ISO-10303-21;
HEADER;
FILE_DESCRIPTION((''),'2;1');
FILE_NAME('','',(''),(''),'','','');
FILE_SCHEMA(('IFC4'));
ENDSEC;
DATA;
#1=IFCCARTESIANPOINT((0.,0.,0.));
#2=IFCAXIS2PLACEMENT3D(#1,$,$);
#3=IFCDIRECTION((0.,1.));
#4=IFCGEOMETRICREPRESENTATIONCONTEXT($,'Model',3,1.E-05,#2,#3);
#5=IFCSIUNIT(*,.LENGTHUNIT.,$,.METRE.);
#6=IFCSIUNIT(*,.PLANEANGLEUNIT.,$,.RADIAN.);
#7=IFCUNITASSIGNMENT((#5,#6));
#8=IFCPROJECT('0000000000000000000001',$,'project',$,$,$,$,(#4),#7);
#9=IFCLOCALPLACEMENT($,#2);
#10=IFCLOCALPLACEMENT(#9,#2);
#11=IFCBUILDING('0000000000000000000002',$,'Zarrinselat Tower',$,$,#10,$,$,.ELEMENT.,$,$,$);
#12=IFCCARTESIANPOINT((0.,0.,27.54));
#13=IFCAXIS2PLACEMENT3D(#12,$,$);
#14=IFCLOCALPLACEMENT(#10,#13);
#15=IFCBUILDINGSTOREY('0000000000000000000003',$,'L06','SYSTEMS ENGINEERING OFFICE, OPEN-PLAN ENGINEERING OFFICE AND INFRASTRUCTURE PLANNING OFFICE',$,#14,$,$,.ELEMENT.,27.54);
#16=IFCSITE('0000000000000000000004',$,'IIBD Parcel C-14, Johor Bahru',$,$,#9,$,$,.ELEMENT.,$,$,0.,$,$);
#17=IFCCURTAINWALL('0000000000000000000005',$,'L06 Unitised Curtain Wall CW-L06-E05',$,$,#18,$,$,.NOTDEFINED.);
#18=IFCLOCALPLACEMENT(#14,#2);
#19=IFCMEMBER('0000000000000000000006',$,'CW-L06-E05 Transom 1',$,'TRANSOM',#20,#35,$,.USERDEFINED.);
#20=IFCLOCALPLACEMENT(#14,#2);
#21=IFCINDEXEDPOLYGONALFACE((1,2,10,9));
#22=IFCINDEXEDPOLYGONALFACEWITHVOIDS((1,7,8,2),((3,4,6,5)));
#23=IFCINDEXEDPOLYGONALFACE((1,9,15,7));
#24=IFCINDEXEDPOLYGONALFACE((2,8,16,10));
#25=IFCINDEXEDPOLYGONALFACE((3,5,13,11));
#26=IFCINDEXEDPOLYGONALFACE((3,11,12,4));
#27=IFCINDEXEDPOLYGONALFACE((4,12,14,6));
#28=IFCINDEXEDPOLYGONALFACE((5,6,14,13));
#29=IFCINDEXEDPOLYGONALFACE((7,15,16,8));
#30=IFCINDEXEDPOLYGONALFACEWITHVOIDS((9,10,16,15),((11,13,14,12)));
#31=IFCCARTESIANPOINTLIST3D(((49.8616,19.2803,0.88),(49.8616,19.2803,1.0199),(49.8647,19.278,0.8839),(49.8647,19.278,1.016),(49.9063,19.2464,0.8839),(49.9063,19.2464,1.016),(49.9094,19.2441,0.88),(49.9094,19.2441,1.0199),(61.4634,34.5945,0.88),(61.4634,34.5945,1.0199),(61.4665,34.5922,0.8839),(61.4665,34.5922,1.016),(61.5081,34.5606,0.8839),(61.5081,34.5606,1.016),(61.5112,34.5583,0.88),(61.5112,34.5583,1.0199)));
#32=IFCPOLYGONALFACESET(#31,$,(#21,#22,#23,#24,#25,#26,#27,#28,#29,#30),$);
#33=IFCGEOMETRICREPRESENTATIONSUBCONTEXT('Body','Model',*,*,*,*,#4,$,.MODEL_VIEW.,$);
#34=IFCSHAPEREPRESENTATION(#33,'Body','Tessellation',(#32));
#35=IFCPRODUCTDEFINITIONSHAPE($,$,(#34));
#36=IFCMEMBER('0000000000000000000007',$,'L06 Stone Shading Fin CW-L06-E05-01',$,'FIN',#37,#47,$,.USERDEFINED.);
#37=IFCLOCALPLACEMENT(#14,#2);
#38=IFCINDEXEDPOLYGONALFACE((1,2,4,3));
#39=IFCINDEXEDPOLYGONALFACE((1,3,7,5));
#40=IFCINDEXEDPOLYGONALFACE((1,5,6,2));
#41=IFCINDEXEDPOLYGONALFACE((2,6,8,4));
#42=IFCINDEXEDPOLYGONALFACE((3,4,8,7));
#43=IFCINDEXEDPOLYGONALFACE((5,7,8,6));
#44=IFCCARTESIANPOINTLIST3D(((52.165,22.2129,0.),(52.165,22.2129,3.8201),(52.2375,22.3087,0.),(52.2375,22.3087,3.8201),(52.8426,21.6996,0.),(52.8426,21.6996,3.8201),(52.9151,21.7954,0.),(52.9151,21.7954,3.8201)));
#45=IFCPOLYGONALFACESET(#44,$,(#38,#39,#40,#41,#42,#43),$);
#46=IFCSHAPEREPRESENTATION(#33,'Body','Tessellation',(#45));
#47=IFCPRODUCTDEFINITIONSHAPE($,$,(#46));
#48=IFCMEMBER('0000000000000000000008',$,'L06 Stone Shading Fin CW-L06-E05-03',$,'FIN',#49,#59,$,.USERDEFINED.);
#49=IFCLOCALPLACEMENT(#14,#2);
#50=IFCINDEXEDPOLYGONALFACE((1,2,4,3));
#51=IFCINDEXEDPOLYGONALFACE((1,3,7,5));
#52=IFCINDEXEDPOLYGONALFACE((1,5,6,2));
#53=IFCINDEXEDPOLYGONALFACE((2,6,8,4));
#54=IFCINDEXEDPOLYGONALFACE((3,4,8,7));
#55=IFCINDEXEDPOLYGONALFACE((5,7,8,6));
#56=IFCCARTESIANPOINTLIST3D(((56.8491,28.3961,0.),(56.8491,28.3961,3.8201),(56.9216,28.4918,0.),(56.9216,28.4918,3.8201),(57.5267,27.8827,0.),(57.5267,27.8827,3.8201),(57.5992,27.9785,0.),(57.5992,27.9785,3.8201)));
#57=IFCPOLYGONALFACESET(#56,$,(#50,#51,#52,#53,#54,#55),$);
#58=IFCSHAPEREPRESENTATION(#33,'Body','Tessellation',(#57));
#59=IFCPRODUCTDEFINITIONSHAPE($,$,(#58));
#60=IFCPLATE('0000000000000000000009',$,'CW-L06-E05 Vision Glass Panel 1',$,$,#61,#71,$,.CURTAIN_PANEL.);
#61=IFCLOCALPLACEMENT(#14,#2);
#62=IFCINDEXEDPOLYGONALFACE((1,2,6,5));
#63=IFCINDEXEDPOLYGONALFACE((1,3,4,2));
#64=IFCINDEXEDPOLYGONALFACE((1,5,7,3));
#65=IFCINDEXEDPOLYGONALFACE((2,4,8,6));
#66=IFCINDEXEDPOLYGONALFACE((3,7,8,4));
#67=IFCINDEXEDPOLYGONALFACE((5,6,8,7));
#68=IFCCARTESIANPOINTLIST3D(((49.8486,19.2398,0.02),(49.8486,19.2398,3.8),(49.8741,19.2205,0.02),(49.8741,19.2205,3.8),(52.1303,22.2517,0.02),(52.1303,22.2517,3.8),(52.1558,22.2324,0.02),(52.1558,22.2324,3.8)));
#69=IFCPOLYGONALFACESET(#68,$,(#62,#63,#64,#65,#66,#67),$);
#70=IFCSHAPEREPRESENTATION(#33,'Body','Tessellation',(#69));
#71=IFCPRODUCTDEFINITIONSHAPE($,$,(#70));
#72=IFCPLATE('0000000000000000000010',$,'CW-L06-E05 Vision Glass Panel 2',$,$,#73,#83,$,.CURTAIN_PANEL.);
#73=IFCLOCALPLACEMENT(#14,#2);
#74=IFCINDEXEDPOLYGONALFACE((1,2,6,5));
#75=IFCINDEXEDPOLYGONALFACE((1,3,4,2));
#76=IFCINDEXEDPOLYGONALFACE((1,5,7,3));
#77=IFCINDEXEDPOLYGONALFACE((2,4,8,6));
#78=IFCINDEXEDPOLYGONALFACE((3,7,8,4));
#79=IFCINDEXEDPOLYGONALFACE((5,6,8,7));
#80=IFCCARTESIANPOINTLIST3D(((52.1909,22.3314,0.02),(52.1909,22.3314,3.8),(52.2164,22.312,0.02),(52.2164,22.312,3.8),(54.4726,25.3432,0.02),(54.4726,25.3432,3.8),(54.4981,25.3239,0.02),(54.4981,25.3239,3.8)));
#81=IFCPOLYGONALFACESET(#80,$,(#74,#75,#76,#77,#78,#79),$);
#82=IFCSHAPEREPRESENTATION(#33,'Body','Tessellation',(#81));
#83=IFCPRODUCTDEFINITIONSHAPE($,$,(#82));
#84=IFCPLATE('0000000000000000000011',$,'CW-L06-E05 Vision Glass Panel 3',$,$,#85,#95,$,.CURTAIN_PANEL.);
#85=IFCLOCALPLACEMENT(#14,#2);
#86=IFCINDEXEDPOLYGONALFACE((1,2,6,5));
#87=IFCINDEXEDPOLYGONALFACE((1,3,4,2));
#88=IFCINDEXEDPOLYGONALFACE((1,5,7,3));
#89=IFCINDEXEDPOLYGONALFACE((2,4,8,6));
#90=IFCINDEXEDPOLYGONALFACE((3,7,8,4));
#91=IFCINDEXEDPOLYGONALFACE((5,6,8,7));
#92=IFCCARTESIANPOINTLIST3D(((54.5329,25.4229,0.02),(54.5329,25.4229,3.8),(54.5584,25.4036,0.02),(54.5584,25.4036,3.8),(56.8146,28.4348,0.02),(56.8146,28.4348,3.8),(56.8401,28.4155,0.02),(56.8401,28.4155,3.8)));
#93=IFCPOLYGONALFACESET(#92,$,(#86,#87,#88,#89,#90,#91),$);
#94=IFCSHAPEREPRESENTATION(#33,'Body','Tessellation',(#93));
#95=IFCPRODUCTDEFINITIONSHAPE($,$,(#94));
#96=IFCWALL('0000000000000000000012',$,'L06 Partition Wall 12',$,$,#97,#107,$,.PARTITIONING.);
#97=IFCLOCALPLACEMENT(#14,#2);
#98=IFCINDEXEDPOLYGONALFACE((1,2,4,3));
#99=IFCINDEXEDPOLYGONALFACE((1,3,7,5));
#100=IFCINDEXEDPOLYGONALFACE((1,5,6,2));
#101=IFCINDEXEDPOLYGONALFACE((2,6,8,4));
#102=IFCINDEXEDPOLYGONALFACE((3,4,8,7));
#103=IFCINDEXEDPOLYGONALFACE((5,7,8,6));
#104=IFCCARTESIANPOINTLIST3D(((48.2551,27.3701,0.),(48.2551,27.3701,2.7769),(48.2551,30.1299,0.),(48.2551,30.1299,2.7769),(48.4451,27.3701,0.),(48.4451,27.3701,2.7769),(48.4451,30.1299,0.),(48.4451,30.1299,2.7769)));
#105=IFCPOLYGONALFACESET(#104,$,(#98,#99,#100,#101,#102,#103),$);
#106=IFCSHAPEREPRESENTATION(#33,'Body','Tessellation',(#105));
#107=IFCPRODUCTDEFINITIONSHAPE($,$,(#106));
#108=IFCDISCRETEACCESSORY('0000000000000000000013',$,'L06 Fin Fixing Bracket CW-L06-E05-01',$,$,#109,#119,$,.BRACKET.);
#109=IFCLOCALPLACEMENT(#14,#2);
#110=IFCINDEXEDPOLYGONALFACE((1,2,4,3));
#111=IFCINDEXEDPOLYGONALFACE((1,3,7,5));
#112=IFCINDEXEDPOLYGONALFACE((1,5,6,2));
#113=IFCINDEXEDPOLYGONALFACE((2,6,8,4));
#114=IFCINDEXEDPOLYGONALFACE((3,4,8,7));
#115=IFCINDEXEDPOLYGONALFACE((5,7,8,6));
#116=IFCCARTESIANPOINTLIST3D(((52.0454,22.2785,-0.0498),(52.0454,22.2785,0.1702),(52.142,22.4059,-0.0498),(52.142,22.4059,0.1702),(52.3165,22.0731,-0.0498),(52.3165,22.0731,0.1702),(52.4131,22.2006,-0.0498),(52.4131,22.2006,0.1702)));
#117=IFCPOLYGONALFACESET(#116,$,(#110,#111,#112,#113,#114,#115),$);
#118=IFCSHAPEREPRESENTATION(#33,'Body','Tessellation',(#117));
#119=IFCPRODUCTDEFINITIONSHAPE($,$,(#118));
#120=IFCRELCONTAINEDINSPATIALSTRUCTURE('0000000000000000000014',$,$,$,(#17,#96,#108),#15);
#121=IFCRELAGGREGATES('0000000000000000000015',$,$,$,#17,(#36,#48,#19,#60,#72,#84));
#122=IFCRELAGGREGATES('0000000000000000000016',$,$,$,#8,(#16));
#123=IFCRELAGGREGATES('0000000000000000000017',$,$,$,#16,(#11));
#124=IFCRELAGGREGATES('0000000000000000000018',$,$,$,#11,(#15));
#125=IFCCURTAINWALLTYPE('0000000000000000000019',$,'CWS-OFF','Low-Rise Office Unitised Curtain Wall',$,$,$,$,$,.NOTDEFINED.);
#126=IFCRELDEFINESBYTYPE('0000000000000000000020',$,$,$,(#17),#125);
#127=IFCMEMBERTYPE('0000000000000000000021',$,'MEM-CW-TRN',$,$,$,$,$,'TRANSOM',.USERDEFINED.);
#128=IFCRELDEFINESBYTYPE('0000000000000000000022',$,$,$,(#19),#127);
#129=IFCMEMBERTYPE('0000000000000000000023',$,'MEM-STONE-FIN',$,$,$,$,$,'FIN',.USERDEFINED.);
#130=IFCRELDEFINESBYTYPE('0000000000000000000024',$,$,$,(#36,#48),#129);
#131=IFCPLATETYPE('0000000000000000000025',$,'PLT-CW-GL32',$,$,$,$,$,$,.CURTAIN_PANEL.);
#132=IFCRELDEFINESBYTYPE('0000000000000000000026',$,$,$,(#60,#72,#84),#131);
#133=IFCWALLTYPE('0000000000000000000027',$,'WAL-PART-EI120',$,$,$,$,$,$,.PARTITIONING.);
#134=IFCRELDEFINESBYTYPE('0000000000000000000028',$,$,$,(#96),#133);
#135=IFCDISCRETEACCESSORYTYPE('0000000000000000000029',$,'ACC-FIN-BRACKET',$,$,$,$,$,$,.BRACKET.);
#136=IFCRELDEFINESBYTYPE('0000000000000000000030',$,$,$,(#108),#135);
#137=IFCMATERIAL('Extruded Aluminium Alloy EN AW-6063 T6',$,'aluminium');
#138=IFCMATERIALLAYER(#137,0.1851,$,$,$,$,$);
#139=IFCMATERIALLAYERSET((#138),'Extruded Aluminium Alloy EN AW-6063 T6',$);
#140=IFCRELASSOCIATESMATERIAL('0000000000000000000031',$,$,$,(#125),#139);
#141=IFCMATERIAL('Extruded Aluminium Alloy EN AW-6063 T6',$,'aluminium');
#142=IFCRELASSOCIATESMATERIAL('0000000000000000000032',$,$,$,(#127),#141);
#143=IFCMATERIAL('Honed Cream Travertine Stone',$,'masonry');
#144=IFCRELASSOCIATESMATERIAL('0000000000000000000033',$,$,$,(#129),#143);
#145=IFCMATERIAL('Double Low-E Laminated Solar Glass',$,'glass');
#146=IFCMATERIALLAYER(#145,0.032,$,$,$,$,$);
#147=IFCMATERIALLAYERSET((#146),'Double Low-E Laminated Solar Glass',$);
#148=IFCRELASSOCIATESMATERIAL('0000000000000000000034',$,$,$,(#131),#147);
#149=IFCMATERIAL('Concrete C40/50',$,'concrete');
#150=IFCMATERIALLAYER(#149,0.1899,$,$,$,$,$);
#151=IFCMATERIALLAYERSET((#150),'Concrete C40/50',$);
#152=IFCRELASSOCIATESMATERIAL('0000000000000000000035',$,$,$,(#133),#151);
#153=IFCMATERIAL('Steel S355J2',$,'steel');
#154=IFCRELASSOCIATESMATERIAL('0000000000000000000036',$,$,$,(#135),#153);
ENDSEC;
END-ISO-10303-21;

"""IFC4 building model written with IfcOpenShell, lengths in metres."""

from ifc_helpers import new_model, si_unit, direction, frame, frame_2d, origin, origin_2d, place, context, subcontext, project, spatial, rectangle, hollow_rectangle, extrude, material, layer, layer_set, material_profile, profile_set, type_object, element, aggregate, save


model = new_model("IFC4")

# Units and contexts
model_context = context("Model", 3, precision=1e-05, world=origin(), true_north=direction((0.0, 1.0)))
body_context = subcontext(model_context, "Body", "Model", "MODEL_VIEW")
ifc_project = project(units=[si_unit("LENGTHUNIT", "METRE"), si_unit("PLANEANGLEUNIT", "RADIAN")], contexts=[model_context])

# Site, building, storey
site_placement = place(None, origin())
site = spatial("IfcSite", under=ifc_project, at=site_placement, Name="IIBD Parcel C-14, Johor Bahru", CompositionType="ELEMENT", RefElevation=0.0)
building_placement = place(site_placement, origin())
building = spatial("IfcBuilding", under=site, at=building_placement, Name="Zarrinselat Tower", CompositionType="ELEMENT")
storey_placement = place(building_placement, frame((0.0, 0.0, 27.54)))
storey = spatial("IfcBuildingStorey", under=building, at=storey_placement, Name="L06", Description="SYSTEMS ENGINEERING OFFICE, OPEN-PLAN ENGINEERING OFFICE AND INFRASTRUCTURE PLANNING OFFICE", CompositionType="ELEMENT", Elevation=27.54)

# Shared definitions
ifc_material_1 = material(Name="Extruded Aluminium Alloy EN AW-6063 T6", Category="aluminium")
ifc_layer_1 = layer(ifc_material_1, 0.1851)
ifc_layer_set_1 = layer_set([ifc_layer_1], Name="Extruded Aluminium Alloy EN AW-6063 T6")
curtain_wall_type = type_object("IfcCurtainWallType", Name="CWS-OFF", Description="Low-Rise Office Unitised Curtain Wall", PredefinedType="NOTDEFINED", material=ifc_layer_set_1)

# Curtain wall, members, plates
curtain_wall_1_placement = place(storey_placement, origin())
curtain_wall_1 = element("IfcCurtainWall", 1, at=curtain_wall_1_placement, inside=storey, type_object=curtain_wall_type, Name="L06 Unitised Curtain Wall CW-L06-E05", PredefinedType="NOTDEFINED")
ifc_material_2 = material(Name="Extruded Aluminium Alloy EN AW-6063 T6", Category="aluminium")
ifc_material_profile_1 = material_profile(ifc_material_2, hollow_rectangle(XDim=0.0601, YDim=0.1399, WallThickness=0.0039, at=origin_2d()), Name="RHS 140x60x4")
ifc_profile_set_1 = profile_set([ifc_material_profile_1], Name="Extruded Aluminium Alloy EN AW-6063 T6")
member_type_1 = type_object("IfcMemberType", Name="MEM-CW-TRN", ElementType="TRANSOM", PredefinedType="USERDEFINED", material=ifc_profile_set_1)
member_1_placement = place(storey_placement, frame((49.8855, 19.2622, 0.95), z_axis=(0.603862, 0.797089, 0.0), x_axis=(-0.797089, 0.603862, 0.0)))
member_1 = element("IfcMember", 2, at=member_1_placement, type_object=member_type_1, Name="CW-L06-E05 Transom 1", ObjectType="TRANSOM", PredefinedType="USERDEFINED", context=body_context, shape_type="SweptSolid", body=[
    extrude(hollow_rectangle(XDim=0.0601, YDim=0.1399, WallThickness=0.0039, at=origin_2d()), origin(), (0.0, 0.0, 1.0), 19.2126),
])
ifc_material_3 = material(Name="Honed Cream Travertine Stone", Category="masonry")
ifc_material_profile_2 = material_profile(ifc_material_3, rectangle(XDim=0.1201, YDim=0.8501, at=origin_2d()), Name="FIN 850x120")
ifc_profile_set_2 = profile_set([ifc_material_profile_2], Name="Honed Cream Travertine Stone")
member_type_2 = type_object("IfcMemberType", Name="MEM-STONE-FIN", ElementType="FIN", PredefinedType="USERDEFINED", material=ifc_profile_set_2)
member_2_placement = place(storey_placement, frame((52.54, 22.0042, 0.0), z_axis=(0.0, 0.0, 1.0), x_axis=(-0.603858, -0.797092, 0.0)))
member_2 = element("IfcMember", 3, at=member_2_placement, type_object=member_type_2, Name="L06 Stone Shading Fin CW-L06-E05-01", ObjectType="FIN", PredefinedType="USERDEFINED", context=body_context, shape_type="SweptSolid", body=[
    extrude(rectangle(XDim=0.1201, YDim=0.8501, at=origin_2d()), origin(), (0.0, 0.0, 1.0), 3.8201),
])
member_3_placement = place(storey_placement, frame((57.2241, 28.1873, 0.0), z_axis=(0.0, 0.0, 1.0), x_axis=(-0.603858, -0.797092, 0.0)))
member_3 = element("IfcMember", 4, at=member_3_placement, type_object=member_type_2, Name="L06 Stone Shading Fin CW-L06-E05-03", ObjectType="FIN", PredefinedType="USERDEFINED", context=body_context, shape_type="SweptSolid", body=[
    extrude(rectangle(XDim=0.1201, YDim=0.8501, at=origin_2d()), origin(), (0.0, 0.0, 1.0), 3.8201),
])
ifc_material_4 = material(Name="Double Low-E Laminated Solar Glass", Category="glass")
ifc_layer_2 = layer(ifc_material_4, 0.032)
ifc_layer_set_2 = layer_set([ifc_layer_2], Name="Double Low-E Laminated Solar Glass")
plate_type = type_object("IfcPlateType", Name="PLT-CW-GL32", PredefinedType="CURTAIN_PANEL", material=ifc_layer_set_2)
plate_1_placement = place(storey_placement, frame((51.0022, 20.7361, 0.02), z_axis=(0.0, 0.0, 1.0), x_axis=(0.603858, 0.797092, 0.0)))
plate_1 = element("IfcPlate", 5, at=plate_1_placement, type_object=plate_type, Name="CW-L06-E05 Vision Glass Panel 1", PredefinedType="CURTAIN_PANEL", context=body_context, shape_type="SweptSolid", body=[
    extrude(rectangle(XDim=3.7786, YDim=0.032, at=origin_2d()), origin(), (0.0, 0.0, 1.0), 3.78),
])
plate_2_placement = place(storey_placement, frame((53.3445, 23.8276, 0.02), z_axis=(0.0, 0.0, 1.0), x_axis=(0.603858, 0.797092, 0.0)))
plate_2 = element("IfcPlate", 6, at=plate_2_placement, type_object=plate_type, Name="CW-L06-E05 Vision Glass Panel 2", PredefinedType="CURTAIN_PANEL", context=body_context, shape_type="SweptSolid", body=[
    extrude(rectangle(XDim=3.7786, YDim=0.032, at=origin_2d()), origin(), (0.0, 0.0, 1.0), 3.78),
])
plate_3_placement = place(storey_placement, frame((55.6865, 26.9192, 0.02), z_axis=(0.0, 0.0, 1.0), x_axis=(0.603858, 0.797092, 0.0)))
plate_3 = element("IfcPlate", 7, at=plate_3_placement, type_object=plate_type, Name="CW-L06-E05 Vision Glass Panel 3", PredefinedType="CURTAIN_PANEL", context=body_context, shape_type="SweptSolid", body=[
    extrude(rectangle(XDim=3.7786, YDim=0.032, at=origin_2d()), origin(), (0.0, 0.0, 1.0), 3.78),
])
aggregate(curtain_wall_1, [member_2, member_3, member_1, plate_1, plate_2, plate_3])

# Wall
ifc_material_5 = material(Name="Concrete C40/50", Category="concrete")
ifc_layer_3 = layer(ifc_material_5, 0.1899)
ifc_layer_set_3 = layer_set([ifc_layer_3], Name="Concrete C40/50")
wall_type = type_object("IfcWallType", Name="WAL-PART-EI120", PredefinedType="PARTITIONING", material=ifc_layer_set_3)
wall_placement = place(storey_placement, frame((48.3501, 27.3701, 0.0), z_axis=(0.0, 0.0, 1.0), x_axis=(0.0, 1.0, 0.0)))
element("IfcWall", 8, at=wall_placement, inside=storey, type_object=wall_type, Name="L06 Partition Wall 12", PredefinedType="PARTITIONING", context=body_context, shape_type="SweptSolid", body=[
    extrude(rectangle(XDim=2.7598, YDim=0.1899, at=frame_2d((1.3799, 0.0))), origin(), (0.0, 0.0, 1.0), 2.7769),
])

# Discrete accessory
ifc_material_6 = material(Name="Steel S355J2", Category="steel")
discrete_accessory_type = type_object("IfcDiscreteAccessoryType", Name="ACC-FIN-BRACKET", PredefinedType="BRACKET", material=ifc_material_6)
discrete_accessory_placement = place(storey_placement, frame((52.2292, 22.2395, -0.0498), z_axis=(0.0, 0.0, 1.0), x_axis=(0.797092, -0.603858, 0.0)))
element("IfcDiscreteAccessory", 9, at=discrete_accessory_placement, inside=storey, type_object=discrete_accessory_type, Name="L06 Fin Fixing Bracket CW-L06-E05-01", PredefinedType="BRACKET", context=body_context, shape_type="SweptSolid", body=[
    extrude(rectangle(XDim=0.3401, YDim=0.1599, at=origin_2d()), origin(), (0.0, 0.0, 1.0), 0.22),
])

save(model, "model.ifc")
